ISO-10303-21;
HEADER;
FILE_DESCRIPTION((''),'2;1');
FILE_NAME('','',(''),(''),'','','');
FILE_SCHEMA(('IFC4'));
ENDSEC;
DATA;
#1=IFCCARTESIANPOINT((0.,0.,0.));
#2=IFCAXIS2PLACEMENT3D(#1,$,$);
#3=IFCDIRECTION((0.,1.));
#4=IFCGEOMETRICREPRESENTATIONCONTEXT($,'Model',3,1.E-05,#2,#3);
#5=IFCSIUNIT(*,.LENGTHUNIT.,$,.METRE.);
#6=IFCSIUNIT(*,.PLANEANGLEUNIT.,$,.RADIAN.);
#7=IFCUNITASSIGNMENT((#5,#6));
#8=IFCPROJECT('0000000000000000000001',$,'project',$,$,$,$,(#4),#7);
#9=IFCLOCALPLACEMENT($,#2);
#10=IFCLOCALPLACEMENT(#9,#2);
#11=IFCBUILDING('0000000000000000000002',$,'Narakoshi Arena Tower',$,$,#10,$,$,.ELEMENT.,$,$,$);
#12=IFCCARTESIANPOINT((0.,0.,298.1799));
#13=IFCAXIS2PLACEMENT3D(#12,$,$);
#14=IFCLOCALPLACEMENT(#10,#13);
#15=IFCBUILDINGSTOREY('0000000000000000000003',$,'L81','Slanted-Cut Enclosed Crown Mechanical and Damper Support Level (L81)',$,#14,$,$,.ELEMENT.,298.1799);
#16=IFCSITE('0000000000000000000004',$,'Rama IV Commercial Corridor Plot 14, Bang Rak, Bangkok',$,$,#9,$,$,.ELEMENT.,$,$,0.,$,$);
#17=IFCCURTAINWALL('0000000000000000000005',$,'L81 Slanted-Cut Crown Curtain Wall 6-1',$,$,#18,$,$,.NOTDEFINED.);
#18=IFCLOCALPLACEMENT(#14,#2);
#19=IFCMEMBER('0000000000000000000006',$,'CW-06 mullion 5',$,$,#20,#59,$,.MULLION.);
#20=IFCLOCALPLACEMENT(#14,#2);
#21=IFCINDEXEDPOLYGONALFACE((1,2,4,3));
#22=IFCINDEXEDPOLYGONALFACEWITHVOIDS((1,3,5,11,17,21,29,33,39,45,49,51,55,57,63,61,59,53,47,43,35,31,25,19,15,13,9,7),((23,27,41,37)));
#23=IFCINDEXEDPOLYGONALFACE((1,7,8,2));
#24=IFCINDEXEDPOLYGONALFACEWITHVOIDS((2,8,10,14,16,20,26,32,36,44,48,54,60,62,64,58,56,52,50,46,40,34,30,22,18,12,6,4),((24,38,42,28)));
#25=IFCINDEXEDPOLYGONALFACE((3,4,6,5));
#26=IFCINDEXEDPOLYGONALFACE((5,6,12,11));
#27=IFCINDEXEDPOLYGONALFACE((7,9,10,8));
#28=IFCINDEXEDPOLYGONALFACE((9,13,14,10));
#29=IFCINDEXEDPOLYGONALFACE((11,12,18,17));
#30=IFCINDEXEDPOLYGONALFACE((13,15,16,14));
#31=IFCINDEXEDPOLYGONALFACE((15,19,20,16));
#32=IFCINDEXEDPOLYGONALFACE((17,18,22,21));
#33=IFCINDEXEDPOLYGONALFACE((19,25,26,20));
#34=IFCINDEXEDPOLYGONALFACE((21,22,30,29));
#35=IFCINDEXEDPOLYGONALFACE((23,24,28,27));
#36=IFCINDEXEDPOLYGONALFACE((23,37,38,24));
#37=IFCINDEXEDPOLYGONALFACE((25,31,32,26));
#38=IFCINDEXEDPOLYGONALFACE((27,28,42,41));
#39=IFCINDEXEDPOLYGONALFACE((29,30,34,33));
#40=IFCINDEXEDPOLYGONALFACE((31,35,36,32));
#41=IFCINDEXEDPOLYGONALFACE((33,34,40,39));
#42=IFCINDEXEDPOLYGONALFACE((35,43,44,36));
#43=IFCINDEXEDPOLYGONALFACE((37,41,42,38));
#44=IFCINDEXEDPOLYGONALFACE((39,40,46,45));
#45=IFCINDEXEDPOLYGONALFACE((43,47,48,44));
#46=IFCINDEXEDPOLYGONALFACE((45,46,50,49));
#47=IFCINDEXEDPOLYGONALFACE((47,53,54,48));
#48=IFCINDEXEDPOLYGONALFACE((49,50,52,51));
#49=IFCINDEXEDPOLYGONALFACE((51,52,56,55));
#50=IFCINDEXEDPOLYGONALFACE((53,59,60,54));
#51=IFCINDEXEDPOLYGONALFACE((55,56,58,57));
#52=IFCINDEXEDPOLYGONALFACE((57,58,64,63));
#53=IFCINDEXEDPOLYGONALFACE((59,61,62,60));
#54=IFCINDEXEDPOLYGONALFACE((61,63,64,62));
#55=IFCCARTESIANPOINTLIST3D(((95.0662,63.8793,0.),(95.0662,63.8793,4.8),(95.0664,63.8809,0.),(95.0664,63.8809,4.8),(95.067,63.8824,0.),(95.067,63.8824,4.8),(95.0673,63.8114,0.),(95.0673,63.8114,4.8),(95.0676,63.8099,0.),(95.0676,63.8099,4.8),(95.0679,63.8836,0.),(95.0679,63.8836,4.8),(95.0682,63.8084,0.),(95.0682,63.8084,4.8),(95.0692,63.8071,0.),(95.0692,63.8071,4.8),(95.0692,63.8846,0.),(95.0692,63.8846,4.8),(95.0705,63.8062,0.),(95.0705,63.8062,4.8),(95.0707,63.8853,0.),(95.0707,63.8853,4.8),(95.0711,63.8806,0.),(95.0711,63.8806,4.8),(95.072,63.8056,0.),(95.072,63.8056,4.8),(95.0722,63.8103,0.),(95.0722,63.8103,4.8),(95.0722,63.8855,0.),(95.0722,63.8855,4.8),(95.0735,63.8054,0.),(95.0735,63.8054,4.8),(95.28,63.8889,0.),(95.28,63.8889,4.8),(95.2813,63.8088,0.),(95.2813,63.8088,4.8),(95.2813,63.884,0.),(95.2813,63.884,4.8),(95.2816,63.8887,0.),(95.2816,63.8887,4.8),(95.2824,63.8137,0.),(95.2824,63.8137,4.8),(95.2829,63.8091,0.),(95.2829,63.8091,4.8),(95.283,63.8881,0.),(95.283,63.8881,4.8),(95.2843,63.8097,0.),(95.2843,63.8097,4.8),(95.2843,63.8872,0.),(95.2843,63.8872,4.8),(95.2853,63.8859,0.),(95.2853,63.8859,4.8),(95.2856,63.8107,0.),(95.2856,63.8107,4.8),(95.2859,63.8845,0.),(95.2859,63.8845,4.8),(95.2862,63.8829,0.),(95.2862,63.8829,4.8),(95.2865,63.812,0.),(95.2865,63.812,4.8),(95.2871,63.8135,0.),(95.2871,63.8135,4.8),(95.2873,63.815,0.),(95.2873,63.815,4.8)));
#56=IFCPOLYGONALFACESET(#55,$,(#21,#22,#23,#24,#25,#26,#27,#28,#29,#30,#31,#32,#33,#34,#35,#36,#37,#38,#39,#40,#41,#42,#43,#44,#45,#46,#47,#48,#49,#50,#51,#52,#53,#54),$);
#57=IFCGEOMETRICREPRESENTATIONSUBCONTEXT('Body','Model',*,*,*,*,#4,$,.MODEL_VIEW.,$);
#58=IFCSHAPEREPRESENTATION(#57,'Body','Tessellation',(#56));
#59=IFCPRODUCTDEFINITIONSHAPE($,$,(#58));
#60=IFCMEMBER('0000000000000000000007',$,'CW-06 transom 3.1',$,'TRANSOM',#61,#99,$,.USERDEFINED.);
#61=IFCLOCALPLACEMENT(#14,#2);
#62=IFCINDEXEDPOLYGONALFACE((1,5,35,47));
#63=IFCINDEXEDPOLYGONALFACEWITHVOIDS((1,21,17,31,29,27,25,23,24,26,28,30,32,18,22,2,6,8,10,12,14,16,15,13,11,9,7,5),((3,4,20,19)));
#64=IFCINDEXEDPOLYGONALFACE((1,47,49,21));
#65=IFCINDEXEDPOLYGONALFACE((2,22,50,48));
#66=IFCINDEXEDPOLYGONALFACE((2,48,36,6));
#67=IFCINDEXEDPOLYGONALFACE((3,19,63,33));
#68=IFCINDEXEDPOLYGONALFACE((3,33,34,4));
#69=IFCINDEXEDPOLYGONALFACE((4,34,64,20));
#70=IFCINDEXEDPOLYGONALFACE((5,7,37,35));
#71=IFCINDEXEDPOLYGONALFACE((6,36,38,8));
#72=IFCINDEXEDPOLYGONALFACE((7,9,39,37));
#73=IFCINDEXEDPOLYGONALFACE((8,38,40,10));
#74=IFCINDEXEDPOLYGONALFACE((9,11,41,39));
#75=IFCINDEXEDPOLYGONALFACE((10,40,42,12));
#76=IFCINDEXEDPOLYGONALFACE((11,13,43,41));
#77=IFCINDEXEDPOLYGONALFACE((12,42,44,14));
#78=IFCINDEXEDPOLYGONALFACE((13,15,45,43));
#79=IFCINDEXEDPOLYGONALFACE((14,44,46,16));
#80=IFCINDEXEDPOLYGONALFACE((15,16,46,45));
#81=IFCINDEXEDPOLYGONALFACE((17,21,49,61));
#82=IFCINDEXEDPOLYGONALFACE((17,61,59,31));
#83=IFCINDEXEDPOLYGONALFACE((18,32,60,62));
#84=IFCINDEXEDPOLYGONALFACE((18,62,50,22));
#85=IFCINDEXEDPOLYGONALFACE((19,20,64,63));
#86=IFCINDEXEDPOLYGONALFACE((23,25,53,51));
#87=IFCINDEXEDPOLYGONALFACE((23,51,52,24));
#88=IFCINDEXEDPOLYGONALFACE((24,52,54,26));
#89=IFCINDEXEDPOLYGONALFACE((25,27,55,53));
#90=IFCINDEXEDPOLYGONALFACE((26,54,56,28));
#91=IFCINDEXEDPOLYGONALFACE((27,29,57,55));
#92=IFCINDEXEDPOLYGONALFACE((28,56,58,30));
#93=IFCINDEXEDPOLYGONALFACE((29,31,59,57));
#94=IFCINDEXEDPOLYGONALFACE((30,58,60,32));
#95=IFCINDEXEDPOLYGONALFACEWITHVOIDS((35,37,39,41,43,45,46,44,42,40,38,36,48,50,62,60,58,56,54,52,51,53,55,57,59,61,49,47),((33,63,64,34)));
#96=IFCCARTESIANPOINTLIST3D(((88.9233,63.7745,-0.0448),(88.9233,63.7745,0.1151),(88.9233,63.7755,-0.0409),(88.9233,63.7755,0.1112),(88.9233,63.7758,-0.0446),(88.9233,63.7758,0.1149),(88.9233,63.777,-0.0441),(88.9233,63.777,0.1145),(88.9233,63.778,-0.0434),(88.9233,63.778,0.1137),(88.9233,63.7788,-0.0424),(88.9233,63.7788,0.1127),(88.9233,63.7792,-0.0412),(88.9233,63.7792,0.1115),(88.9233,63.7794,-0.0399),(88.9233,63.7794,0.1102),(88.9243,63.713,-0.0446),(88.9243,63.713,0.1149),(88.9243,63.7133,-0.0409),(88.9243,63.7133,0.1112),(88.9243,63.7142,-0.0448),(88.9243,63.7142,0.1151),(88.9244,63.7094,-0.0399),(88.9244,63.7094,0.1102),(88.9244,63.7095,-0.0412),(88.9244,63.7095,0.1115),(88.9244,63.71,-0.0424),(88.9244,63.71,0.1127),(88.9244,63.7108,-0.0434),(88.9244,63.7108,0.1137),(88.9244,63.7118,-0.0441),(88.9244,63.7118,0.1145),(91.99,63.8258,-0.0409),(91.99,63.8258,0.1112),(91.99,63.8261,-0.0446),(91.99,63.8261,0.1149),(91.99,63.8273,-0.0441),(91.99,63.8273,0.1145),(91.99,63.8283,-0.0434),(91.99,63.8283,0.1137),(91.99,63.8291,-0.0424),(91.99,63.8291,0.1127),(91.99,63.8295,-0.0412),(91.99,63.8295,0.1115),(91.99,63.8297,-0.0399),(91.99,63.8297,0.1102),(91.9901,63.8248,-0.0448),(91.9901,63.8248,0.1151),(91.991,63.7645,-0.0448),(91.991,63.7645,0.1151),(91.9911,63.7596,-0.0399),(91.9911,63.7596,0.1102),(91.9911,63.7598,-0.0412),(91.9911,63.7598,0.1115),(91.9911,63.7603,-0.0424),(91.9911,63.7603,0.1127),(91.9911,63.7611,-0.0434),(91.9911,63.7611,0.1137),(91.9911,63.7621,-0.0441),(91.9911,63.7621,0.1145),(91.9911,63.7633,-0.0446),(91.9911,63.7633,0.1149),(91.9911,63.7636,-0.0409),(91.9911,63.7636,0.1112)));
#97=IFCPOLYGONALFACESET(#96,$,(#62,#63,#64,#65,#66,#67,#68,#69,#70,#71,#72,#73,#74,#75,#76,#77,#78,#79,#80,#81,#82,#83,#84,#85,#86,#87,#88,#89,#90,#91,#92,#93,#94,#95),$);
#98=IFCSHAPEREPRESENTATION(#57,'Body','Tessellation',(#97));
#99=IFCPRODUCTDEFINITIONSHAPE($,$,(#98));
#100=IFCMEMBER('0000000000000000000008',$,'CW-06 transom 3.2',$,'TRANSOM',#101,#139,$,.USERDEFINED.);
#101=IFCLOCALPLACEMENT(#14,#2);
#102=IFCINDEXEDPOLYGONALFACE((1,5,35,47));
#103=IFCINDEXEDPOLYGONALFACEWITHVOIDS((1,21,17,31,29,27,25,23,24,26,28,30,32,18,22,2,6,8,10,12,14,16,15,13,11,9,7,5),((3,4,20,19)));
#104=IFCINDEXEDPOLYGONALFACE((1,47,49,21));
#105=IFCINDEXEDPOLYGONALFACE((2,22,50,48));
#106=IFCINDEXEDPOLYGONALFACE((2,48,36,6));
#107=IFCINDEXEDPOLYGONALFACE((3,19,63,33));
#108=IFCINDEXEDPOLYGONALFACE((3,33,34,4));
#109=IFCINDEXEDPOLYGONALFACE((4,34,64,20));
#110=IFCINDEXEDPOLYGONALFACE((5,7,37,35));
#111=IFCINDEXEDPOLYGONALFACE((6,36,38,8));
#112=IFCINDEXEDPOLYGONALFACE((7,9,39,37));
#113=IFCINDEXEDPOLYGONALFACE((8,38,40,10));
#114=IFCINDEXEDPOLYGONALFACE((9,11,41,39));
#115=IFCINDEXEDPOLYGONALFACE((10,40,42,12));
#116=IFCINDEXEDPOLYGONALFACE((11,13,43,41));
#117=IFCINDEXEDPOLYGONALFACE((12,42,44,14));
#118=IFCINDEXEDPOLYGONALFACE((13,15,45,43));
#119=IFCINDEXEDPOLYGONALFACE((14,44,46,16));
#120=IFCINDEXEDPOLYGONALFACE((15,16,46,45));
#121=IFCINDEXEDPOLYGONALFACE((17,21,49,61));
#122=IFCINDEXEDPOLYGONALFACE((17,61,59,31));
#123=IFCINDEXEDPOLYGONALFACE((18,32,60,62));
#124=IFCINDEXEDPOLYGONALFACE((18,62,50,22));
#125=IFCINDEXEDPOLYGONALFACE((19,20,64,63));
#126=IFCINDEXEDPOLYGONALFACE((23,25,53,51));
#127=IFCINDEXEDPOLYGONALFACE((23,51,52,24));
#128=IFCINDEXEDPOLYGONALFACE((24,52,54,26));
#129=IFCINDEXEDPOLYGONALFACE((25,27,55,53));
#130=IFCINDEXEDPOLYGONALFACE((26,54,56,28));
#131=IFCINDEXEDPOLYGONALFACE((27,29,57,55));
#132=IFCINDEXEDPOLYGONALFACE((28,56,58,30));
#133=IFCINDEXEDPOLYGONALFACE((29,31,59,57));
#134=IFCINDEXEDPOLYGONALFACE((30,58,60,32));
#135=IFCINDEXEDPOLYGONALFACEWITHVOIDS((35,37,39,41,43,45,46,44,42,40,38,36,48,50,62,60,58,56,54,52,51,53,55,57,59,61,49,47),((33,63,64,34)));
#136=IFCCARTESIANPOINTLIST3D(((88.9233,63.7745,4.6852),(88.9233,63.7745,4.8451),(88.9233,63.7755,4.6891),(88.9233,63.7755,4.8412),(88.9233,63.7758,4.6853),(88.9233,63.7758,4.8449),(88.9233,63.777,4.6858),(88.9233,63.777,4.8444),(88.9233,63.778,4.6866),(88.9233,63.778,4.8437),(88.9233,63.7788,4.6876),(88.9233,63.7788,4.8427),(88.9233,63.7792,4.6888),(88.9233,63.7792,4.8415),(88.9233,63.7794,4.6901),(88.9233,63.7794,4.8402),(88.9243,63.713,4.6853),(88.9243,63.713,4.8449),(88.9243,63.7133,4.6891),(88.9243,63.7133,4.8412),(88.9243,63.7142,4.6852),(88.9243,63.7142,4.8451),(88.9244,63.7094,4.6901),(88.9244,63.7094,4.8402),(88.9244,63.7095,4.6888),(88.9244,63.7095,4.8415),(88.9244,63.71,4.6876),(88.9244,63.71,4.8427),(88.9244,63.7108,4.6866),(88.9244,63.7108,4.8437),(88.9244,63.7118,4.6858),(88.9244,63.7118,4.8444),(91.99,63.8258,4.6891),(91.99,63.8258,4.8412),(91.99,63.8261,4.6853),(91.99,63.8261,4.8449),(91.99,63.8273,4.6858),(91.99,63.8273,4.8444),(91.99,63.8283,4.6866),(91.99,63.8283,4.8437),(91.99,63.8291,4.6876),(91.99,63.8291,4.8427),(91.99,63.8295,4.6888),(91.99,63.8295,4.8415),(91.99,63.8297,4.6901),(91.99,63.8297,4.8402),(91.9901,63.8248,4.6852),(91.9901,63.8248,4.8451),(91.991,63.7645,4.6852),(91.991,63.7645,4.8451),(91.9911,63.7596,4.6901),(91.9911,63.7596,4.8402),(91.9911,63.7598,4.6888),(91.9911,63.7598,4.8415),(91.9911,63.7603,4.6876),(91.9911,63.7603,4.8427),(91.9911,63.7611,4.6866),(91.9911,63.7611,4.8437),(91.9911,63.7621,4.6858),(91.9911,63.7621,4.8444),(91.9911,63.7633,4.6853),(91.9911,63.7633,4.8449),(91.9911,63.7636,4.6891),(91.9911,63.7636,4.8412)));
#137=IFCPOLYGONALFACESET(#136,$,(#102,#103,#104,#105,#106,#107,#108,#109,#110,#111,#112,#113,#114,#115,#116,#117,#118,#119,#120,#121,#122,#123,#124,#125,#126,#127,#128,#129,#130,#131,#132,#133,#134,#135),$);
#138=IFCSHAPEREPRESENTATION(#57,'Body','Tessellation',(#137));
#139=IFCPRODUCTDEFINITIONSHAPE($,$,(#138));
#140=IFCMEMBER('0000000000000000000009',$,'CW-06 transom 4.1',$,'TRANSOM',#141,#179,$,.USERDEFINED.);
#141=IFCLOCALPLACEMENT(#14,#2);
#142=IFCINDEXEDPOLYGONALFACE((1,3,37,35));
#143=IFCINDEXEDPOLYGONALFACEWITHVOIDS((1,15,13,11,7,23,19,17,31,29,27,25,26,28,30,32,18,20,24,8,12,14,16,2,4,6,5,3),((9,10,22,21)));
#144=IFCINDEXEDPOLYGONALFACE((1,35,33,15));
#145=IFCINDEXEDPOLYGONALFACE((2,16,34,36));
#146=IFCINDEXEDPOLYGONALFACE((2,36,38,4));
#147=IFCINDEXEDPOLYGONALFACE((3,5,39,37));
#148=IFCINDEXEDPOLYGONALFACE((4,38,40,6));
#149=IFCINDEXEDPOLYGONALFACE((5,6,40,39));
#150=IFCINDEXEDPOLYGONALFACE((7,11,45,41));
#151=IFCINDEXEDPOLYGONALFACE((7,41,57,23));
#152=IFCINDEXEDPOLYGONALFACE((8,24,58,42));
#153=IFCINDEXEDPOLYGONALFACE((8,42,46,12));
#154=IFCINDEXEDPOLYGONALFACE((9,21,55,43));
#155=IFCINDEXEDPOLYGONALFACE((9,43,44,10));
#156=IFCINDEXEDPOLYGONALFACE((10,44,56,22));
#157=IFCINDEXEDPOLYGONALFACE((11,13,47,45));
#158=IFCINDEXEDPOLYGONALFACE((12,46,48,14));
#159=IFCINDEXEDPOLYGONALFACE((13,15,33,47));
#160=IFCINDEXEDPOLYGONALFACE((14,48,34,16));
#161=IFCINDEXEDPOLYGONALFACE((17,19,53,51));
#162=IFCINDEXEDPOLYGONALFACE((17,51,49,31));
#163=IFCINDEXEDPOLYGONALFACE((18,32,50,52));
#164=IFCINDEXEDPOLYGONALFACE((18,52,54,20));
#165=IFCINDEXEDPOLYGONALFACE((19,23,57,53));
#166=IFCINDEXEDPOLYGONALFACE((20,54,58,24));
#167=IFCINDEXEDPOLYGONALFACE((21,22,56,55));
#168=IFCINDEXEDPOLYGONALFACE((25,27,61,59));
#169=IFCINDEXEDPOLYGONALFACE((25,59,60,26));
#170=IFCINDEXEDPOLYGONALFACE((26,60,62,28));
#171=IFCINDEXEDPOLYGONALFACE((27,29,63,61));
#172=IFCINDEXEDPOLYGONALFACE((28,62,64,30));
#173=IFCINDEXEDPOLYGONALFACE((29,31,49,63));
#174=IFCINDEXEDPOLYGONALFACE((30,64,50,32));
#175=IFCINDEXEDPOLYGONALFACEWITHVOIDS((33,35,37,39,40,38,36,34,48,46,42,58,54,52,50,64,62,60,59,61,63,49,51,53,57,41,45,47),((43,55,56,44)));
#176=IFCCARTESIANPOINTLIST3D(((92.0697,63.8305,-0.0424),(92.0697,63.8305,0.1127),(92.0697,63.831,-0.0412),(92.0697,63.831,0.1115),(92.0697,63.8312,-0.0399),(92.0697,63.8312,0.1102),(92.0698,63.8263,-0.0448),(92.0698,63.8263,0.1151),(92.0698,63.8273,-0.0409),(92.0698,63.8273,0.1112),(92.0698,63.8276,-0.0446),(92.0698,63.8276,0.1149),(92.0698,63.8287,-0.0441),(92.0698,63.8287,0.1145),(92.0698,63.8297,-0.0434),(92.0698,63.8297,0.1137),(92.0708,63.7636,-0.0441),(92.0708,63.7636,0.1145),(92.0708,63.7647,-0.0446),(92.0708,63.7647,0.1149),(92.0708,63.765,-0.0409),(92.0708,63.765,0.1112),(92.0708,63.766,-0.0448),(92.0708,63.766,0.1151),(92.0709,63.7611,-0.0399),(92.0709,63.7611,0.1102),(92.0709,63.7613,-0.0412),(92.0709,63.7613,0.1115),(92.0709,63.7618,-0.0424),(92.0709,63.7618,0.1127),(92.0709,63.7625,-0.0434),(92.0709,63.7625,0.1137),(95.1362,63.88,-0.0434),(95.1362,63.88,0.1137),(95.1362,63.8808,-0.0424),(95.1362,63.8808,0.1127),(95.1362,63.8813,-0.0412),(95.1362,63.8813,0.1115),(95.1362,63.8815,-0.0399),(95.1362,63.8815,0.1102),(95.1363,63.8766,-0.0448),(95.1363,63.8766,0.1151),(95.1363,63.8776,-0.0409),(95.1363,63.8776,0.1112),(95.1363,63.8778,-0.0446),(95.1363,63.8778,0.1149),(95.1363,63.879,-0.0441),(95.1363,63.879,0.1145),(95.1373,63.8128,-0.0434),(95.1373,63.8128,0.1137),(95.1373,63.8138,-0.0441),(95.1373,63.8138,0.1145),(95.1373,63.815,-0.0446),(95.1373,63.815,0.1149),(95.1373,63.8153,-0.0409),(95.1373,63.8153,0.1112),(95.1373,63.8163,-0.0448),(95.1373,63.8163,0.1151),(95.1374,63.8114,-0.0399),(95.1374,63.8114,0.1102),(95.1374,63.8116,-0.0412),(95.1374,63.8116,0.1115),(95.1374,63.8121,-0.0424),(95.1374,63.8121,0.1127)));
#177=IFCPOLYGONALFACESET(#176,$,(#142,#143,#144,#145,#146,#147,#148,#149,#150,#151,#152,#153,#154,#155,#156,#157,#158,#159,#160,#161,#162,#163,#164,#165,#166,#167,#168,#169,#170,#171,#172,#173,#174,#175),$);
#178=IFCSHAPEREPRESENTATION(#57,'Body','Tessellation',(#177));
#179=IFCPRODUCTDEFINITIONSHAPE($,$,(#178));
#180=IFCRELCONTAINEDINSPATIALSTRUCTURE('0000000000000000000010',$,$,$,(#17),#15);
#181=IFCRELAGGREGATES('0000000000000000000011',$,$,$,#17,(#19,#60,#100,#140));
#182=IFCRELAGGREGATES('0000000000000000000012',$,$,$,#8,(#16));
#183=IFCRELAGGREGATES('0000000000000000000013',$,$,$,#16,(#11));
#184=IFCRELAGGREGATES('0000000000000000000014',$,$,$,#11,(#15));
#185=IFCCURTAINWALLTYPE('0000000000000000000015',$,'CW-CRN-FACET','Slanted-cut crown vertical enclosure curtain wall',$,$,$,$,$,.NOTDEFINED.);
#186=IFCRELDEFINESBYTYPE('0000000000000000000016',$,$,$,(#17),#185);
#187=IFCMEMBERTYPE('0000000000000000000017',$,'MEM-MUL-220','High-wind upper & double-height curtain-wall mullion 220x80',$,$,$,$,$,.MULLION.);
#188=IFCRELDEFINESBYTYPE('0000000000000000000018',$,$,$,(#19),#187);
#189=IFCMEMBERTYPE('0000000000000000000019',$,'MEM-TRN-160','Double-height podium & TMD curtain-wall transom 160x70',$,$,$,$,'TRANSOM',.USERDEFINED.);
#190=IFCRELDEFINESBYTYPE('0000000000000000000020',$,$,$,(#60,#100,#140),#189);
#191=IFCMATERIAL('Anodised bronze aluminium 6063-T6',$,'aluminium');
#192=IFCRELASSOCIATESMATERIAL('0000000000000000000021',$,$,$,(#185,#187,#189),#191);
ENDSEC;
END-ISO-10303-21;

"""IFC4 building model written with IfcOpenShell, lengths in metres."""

from ifc_helpers import new_model, si_unit, direction, frame, origin, origin_2d, place, context, subcontext, project, spatial, hollow_rectangle, extrude, material, material_profile, profile_set, type_object, element, aggregate, save


model = new_model("IFC4")

# Units and contexts
model_context = context("Model", 3, precision=1e-05, world=origin(), true_north=direction((0.0, 1.0)))
body_context = subcontext(model_context, "Body", "Model", "MODEL_VIEW")
ifc_project = project(units=[si_unit("LENGTHUNIT", "METRE"), si_unit("PLANEANGLEUNIT", "RADIAN")], contexts=[model_context])

# Site, building, storey
site_placement = place(None, origin())
site = spatial("IfcSite", under=ifc_project, at=site_placement, Name="Rama IV Commercial Corridor Plot 14, Bang Rak, Bangkok", CompositionType="ELEMENT", RefElevation=0.0)
building_placement = place(site_placement, origin())
building = spatial("IfcBuilding", under=site, at=building_placement, Name="Narakoshi Arena Tower", CompositionType="ELEMENT")
storey_placement = place(building_placement, frame((0.0, 0.0, 298.1799)))
storey = spatial("IfcBuildingStorey", under=building, at=storey_placement, Name="L81", Description="Slanted-Cut Enclosed Crown Mechanical and Damper Support Level (L81)", CompositionType="ELEMENT", Elevation=298.1799)

# Curtain wall, members
ifc_material_1 = material(Name="Anodised bronze aluminium 6063-T6", Category="aluminium")
curtain_wall_type = type_object("IfcCurtainWallType", Name="CW-CRN-FACET", Description="Slanted-cut crown vertical enclosure curtain wall", PredefinedType="NOTDEFINED", material=ifc_material_1)
curtain_wall_placement = place(storey_placement, origin())
curtain_wall = element("IfcCurtainWall", 1, at=curtain_wall_placement, inside=storey, type_object=curtain_wall_type, Name="L81 Slanted-Cut Crown Curtain Wall 6-1", PredefinedType="NOTDEFINED")
ifc_material_profile_1 = material_profile(ifc_material_1, hollow_rectangle(XDim=0.0801, YDim=0.22, WallThickness=0.0049, OuterFilletRadius=0.0061, at=origin_2d()), Name="MUL220x80x5")
ifc_profile_set_1 = profile_set([ifc_material_profile_1], Name="Anodised bronze aluminium 6063-T6")
member_type_1 = type_object("IfcMemberType", Name="MEM-MUL-220", Description="High-wind upper & double-height curtain-wall mullion 220x80", PredefinedType="MULLION", material=ifc_profile_set_1)
member_1_placement = place(storey_placement, frame((95.1768, 63.8472, 0.0), z_axis=(0.0, 0.0, 1.0), x_axis=(-0.016447, 0.999865, 0.0)))
member_1 = element("IfcMember", 2, at=member_1_placement, type_object=member_type_1, Name="CW-06 mullion 5", PredefinedType="MULLION", context=body_context, shape_type="SweptSolid", body=[
    extrude(hollow_rectangle(XDim=0.0801, YDim=0.22, WallThickness=0.0049, OuterFilletRadius=0.0061, at=origin_2d()), origin(), (0.0, 0.0, 1.0), 4.8),
])
ifc_material_profile_2 = material_profile(ifc_material_1, hollow_rectangle(XDim=0.0701, YDim=0.1599, WallThickness=0.0039, OuterFilletRadius=0.0049, at=origin_2d()), Name="TRN160x70x4")
ifc_profile_set_2 = profile_set([ifc_material_profile_2], Name="Anodised bronze aluminium 6063-T6")
member_type_2 = type_object("IfcMemberType", Name="MEM-TRN-160", Description="Double-height podium & TMD curtain-wall transom 160x70", ElementType="TRANSOM", PredefinedType="USERDEFINED", material=ifc_profile_set_2)
member_2_placement = place(storey_placement, frame((88.9238, 63.7444, 0.0352), z_axis=(0.999866, 0.016398, 0.0), x_axis=(-0.016398, 0.999866, 0.0)))
member_2 = element("IfcMember", 3, at=member_2_placement, type_object=member_type_2, Name="CW-06 transom 3.1", ObjectType="TRANSOM", PredefinedType="USERDEFINED", context=body_context, shape_type="SweptSolid", body=[
    extrude(hollow_rectangle(XDim=0.0701, YDim=0.1599, WallThickness=0.0039, OuterFilletRadius=0.0049, at=origin_2d()), origin(), (0.0, 0.0, 1.0), 3.0671),
])
member_3_placement = place(storey_placement, frame((88.9238, 63.7444, 4.7651), z_axis=(0.999866, 0.016398, 0.0), x_axis=(-0.016398, 0.999866, 0.0)))
member_3 = element("IfcMember", 4, at=member_3_placement, type_object=member_type_2, Name="CW-06 transom 3.2", ObjectType="TRANSOM", PredefinedType="USERDEFINED", context=body_context, shape_type="SweptSolid", body=[
    extrude(hollow_rectangle(XDim=0.0701, YDim=0.1599, WallThickness=0.0039, OuterFilletRadius=0.0049, at=origin_2d()), origin(), (0.0, 0.0, 1.0), 3.0671),
])
member_4_placement = place(storey_placement, frame((92.0703, 63.7961, 0.0352), z_axis=(0.999866, 0.016399, 0.0), x_axis=(-0.016399, 0.999866, 0.0)))
member_4 = element("IfcMember", 5, at=member_4_placement, type_object=member_type_2, Name="CW-06 transom 4.1", ObjectType="TRANSOM", PredefinedType="USERDEFINED", context=body_context, shape_type="SweptSolid", body=[
    extrude(hollow_rectangle(XDim=0.0701, YDim=0.1599, WallThickness=0.0039, OuterFilletRadius=0.0049, at=origin_2d()), origin(), (0.0, 0.0, 1.0), 3.0669),
])
aggregate(curtain_wall, [member_1, member_2, member_3, member_4])

save(model, "model.ifc")
